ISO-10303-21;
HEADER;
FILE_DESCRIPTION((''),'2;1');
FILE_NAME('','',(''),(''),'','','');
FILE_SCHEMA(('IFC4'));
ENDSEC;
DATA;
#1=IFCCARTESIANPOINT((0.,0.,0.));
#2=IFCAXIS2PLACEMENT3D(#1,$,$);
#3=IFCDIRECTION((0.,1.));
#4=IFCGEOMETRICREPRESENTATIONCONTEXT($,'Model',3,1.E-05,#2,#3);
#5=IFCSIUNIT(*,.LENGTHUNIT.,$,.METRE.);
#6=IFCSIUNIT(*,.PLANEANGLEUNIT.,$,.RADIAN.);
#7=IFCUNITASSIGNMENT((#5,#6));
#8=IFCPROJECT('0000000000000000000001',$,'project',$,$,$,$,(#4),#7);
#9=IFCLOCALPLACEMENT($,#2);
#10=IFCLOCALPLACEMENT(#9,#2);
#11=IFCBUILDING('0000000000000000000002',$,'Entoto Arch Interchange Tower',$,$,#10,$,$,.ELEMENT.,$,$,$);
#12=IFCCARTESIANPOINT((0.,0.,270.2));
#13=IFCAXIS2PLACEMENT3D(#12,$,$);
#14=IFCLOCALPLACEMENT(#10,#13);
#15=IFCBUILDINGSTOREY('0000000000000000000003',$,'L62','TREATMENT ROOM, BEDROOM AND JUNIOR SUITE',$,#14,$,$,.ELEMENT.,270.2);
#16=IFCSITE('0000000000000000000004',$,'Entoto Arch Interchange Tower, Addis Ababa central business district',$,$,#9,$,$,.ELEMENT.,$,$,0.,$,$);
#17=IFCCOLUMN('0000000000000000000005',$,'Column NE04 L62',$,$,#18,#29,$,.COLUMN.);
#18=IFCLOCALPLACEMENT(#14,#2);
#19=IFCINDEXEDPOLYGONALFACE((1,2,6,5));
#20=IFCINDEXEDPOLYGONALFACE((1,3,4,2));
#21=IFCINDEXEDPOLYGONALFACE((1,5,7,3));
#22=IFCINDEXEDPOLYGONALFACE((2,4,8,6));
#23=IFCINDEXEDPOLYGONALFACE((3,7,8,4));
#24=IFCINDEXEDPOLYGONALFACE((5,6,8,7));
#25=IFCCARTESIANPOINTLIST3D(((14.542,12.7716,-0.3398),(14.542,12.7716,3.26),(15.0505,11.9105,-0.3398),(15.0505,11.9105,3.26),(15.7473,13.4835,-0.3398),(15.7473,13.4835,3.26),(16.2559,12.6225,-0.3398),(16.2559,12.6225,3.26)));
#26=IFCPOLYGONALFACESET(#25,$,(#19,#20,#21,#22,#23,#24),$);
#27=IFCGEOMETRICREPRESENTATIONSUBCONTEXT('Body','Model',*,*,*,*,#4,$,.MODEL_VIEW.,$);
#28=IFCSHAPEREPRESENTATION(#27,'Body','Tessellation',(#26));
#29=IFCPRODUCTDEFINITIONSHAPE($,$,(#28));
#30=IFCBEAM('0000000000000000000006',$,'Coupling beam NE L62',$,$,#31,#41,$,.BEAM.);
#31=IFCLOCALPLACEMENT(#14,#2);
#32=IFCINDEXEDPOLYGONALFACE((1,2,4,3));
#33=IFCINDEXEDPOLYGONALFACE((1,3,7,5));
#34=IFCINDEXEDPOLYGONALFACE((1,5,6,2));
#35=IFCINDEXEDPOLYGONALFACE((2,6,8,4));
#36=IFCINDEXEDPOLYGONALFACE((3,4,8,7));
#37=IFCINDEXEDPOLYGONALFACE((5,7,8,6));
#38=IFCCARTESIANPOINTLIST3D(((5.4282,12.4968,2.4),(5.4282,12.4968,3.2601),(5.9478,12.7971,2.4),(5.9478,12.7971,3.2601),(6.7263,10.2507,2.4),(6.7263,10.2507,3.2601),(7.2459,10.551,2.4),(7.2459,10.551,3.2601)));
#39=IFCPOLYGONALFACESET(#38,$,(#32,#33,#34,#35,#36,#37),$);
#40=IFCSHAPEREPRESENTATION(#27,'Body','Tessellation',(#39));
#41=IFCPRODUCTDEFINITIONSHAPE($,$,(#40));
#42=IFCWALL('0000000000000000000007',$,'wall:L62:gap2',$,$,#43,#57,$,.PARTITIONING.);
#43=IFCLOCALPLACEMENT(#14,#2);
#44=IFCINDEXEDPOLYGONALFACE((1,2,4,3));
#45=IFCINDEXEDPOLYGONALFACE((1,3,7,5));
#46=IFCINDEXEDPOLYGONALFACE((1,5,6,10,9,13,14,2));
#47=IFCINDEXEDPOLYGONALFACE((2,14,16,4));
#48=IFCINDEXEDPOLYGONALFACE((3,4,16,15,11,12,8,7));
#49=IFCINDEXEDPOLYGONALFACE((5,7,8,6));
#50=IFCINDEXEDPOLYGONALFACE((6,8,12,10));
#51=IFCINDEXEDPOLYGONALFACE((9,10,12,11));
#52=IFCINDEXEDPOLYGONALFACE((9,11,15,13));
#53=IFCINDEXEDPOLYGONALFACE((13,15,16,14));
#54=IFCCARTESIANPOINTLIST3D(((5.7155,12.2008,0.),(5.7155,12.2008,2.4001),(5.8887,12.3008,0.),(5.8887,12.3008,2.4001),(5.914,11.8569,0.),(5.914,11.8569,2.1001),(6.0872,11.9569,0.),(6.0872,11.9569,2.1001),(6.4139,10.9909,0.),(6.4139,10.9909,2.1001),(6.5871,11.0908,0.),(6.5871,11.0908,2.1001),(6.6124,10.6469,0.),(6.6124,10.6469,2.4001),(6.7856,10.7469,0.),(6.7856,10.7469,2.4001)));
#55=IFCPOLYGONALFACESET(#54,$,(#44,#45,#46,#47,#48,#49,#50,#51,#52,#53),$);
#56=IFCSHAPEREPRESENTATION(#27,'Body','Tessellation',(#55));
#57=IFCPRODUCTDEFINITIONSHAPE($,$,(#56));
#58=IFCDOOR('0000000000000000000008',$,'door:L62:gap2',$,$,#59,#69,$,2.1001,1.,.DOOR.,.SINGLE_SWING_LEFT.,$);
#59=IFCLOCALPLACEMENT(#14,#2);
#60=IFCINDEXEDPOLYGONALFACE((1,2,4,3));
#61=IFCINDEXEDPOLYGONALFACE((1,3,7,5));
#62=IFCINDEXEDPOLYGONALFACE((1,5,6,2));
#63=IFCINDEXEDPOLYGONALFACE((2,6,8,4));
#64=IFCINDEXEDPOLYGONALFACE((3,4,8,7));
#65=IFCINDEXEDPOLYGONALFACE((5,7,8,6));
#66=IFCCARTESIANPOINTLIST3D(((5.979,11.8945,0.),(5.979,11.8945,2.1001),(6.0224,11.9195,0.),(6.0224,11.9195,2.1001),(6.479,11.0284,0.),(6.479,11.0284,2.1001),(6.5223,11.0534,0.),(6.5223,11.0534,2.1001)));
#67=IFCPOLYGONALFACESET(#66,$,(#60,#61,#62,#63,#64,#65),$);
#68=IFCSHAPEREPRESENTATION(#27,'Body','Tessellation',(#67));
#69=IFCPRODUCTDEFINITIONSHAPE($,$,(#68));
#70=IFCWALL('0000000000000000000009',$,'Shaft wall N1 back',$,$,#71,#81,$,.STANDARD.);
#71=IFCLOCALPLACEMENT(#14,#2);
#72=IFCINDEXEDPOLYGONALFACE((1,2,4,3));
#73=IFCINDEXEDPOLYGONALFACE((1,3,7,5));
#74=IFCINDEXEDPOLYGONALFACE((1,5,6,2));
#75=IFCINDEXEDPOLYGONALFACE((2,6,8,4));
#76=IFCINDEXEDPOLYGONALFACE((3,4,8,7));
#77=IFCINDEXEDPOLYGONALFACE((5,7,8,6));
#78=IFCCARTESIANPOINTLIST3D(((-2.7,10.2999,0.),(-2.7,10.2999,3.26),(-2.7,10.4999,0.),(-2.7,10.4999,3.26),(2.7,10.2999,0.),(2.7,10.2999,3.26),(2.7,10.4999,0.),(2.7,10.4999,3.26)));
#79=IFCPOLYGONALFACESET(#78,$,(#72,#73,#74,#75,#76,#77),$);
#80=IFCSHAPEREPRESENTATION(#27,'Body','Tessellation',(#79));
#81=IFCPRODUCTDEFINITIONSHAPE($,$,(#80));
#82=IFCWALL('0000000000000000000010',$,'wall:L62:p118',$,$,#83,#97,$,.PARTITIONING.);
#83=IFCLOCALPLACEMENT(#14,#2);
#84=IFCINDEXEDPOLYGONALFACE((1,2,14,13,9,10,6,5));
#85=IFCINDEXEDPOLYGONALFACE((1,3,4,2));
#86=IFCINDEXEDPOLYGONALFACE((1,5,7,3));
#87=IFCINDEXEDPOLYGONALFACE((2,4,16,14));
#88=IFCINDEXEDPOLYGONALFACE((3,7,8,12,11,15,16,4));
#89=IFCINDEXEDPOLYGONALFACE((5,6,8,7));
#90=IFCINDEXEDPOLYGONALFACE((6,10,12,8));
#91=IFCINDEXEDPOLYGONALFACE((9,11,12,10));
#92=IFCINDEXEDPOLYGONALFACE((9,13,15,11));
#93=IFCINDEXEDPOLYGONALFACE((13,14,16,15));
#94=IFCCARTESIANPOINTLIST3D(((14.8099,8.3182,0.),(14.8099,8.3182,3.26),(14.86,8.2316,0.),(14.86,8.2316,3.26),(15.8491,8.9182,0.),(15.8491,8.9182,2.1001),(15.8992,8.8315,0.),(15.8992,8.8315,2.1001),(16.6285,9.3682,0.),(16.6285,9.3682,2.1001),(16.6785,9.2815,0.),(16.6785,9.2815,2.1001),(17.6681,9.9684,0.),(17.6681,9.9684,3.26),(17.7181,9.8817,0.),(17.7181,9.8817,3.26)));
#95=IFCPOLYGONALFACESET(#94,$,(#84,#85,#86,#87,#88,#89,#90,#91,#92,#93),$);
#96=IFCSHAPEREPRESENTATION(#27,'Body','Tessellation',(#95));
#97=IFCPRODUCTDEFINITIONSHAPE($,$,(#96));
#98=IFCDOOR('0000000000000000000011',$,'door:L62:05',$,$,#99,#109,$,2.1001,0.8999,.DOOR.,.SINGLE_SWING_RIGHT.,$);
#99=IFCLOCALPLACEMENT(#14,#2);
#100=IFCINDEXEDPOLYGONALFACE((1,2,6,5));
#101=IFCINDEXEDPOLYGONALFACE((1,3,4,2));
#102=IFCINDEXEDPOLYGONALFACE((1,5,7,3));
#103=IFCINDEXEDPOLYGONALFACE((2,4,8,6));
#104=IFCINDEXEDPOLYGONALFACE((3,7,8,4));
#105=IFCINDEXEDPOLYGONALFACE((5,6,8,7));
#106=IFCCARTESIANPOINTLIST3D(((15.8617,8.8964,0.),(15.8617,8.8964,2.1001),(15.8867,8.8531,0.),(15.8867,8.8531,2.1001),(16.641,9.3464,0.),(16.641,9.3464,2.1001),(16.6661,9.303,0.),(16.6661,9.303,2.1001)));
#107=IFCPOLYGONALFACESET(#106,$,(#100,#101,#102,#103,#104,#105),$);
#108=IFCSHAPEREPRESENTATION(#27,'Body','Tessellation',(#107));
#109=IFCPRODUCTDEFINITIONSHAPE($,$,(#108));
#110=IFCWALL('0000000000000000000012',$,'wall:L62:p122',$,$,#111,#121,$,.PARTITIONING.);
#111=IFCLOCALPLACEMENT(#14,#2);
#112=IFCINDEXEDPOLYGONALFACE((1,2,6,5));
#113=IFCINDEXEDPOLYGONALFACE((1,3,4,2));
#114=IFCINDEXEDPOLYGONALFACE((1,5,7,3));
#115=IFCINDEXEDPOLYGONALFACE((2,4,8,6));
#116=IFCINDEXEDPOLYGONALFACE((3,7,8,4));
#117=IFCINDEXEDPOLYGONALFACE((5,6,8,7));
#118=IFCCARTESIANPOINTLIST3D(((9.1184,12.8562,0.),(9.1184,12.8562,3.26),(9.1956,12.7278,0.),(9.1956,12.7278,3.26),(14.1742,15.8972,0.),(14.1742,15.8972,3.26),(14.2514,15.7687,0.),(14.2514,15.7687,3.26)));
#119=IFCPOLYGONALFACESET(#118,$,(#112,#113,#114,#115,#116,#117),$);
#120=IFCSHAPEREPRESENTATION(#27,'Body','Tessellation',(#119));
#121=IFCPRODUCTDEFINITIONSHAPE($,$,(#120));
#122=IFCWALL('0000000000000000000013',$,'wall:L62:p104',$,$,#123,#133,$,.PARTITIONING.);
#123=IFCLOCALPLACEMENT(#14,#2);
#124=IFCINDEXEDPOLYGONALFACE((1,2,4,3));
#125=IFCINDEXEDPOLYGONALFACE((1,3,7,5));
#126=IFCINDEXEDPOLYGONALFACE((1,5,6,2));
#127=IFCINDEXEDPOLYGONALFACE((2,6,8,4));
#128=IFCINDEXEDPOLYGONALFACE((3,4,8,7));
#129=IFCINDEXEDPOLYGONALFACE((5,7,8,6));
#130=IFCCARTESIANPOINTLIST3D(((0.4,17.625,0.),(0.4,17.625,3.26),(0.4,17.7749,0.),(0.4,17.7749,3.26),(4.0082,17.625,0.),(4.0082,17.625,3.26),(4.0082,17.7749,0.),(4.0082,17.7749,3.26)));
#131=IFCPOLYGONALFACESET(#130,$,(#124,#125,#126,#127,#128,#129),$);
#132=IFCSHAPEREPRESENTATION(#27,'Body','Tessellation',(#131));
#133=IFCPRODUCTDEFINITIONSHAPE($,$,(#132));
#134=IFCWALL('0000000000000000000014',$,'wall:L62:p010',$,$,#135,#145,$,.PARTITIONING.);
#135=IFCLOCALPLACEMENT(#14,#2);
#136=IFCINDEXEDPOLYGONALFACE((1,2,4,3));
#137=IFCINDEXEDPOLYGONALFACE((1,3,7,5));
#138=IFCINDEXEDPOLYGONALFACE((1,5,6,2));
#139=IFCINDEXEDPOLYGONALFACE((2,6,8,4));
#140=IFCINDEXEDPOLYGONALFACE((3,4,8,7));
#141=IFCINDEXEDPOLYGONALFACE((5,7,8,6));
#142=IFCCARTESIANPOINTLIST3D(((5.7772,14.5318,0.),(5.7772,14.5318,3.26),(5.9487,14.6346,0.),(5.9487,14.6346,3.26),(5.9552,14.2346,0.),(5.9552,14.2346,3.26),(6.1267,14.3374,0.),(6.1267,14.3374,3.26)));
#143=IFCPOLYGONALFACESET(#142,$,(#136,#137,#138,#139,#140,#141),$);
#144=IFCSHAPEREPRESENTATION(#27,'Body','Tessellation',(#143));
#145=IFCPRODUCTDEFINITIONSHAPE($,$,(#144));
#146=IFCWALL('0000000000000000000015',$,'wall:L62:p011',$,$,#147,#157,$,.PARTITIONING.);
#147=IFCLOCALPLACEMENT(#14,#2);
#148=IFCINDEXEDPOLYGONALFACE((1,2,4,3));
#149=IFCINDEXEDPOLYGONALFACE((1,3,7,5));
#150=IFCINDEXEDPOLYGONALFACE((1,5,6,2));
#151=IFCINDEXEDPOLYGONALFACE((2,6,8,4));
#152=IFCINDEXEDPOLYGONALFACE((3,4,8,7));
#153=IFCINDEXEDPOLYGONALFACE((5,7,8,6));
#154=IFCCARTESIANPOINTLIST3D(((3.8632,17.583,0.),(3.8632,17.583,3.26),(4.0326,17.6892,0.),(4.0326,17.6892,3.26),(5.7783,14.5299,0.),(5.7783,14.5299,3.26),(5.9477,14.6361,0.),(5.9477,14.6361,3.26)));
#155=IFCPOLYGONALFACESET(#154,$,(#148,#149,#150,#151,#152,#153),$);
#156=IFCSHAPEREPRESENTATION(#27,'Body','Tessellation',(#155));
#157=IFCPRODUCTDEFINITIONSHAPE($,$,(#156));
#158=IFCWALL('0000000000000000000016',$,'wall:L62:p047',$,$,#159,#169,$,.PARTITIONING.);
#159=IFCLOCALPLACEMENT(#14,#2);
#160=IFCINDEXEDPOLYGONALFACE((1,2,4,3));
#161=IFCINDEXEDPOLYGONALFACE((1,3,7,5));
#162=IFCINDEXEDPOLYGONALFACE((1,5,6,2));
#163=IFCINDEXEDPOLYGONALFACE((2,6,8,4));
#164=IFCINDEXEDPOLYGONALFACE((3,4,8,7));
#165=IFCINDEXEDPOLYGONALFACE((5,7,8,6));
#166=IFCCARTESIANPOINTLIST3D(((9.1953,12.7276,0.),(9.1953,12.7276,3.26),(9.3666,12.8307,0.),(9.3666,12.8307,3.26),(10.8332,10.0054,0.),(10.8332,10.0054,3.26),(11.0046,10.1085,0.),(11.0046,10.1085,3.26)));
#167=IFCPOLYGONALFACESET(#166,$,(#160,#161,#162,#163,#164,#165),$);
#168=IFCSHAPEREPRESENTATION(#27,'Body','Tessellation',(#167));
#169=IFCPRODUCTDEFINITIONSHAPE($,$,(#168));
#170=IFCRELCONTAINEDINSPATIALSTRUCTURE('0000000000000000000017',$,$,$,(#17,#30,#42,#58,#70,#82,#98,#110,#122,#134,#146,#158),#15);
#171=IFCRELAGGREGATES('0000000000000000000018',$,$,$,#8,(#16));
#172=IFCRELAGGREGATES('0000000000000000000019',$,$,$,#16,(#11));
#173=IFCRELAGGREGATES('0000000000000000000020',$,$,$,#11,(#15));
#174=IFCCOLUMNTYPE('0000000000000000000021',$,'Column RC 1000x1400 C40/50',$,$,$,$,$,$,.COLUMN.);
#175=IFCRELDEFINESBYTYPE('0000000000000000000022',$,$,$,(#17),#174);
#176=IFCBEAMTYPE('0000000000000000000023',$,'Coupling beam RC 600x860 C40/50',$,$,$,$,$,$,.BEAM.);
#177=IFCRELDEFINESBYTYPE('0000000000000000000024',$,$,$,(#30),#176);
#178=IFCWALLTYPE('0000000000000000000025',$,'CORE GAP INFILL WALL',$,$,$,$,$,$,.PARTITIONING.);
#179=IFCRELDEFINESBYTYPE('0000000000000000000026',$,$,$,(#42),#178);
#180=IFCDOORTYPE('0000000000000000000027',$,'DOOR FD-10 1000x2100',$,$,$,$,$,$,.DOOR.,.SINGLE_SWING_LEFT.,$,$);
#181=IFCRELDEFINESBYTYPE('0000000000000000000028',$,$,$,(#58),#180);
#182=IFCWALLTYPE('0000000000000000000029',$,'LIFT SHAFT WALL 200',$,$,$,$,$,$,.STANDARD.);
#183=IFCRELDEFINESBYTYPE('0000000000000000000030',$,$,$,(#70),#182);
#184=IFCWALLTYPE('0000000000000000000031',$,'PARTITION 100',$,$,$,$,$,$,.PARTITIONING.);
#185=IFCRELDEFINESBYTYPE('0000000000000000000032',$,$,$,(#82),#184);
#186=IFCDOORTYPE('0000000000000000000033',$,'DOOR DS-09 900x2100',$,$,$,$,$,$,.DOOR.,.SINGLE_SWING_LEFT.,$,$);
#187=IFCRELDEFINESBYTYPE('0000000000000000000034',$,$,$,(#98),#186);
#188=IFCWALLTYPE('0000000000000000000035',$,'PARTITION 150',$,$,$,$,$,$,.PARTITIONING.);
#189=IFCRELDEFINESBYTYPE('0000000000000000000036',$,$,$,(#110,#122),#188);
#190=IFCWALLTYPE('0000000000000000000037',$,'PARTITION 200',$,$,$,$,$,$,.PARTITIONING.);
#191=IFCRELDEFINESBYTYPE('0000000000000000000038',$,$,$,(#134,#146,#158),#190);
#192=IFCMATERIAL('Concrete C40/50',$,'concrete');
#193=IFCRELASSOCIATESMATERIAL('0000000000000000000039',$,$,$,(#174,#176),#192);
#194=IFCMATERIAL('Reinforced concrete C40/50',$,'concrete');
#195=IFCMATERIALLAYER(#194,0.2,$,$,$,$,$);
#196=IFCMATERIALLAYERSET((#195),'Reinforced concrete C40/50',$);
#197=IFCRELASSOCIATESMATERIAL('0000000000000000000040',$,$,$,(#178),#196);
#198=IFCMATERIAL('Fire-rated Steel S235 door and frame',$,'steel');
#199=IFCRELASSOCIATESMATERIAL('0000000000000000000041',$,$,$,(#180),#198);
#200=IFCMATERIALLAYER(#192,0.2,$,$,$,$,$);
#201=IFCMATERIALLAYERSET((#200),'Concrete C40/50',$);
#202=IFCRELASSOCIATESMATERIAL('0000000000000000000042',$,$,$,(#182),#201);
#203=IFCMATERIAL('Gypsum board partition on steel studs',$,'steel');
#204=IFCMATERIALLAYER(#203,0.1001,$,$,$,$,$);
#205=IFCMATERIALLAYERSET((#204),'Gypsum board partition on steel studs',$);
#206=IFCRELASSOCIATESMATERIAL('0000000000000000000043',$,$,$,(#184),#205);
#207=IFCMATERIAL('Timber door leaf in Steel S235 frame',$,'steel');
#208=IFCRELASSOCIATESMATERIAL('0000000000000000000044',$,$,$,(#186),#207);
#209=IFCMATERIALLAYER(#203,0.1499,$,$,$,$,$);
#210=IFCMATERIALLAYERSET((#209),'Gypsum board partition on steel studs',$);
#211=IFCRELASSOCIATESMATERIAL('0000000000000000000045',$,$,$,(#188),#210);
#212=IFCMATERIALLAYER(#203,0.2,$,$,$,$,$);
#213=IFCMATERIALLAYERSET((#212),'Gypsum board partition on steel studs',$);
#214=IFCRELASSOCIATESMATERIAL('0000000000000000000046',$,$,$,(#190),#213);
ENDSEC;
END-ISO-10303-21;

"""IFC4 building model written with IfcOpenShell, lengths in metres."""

from ifc_helpers import new_model, si_unit, direction, frame, frame_2d, origin, origin_2d, place, context, subcontext, project, spatial, rectangle, extrude, material, layer, layer_set, material_profile, profile_set, type_object, element, fill, save


model = new_model("IFC4")

# Units and contexts
model_context = context("Model", 3, precision=1e-05, world=origin(), true_north=direction((0.0, 1.0)))
body_context = subcontext(model_context, "Body", "Model", "MODEL_VIEW")
ifc_project = project(units=[si_unit("LENGTHUNIT", "METRE"), si_unit("PLANEANGLEUNIT", "RADIAN")], contexts=[model_context])

# Site, building, storey
site_placement = place(None, origin())
site = spatial("IfcSite", under=ifc_project, at=site_placement, Name="Entoto Arch Interchange Tower, Addis Ababa central business district", CompositionType="ELEMENT", RefElevation=0.0)
building_placement = place(site_placement, origin())
building = spatial("IfcBuilding", under=site, at=building_placement, Name="Entoto Arch Interchange Tower", CompositionType="ELEMENT")
storey_placement = place(building_placement, frame((0.0, 0.0, 270.2)))
storey = spatial("IfcBuildingStorey", under=building, at=storey_placement, Name="L62", Description="TREATMENT ROOM, BEDROOM AND JUNIOR SUITE", CompositionType="ELEMENT", Elevation=270.2)

# Column
ifc_material_1 = material(Name="Concrete C40/50", Category="concrete")
ifc_material_profile_1 = material_profile(ifc_material_1, rectangle(XDim=1.0, YDim=1.3999, at=origin_2d()))
ifc_profile_set_1 = profile_set([ifc_material_profile_1], Name="Concrete C40/50")
column_type = type_object("IfcColumnType", Name="Column RC 1000x1400 C40/50", PredefinedType="COLUMN", material=ifc_profile_set_1)
column_placement = place(storey_placement, frame((15.3989, 12.697, -0.3398), z_axis=(0.0, 0.0, 1.0), x_axis=(-0.508576, 0.861017, 0.0)))
element("IfcColumn", 1, at=column_placement, inside=storey, type_object=column_type, Name="Column NE04 L62", PredefinedType="COLUMN", context=body_context, shape_type="SweptSolid", body=[
    extrude(rectangle(XDim=1.0, YDim=1.3999, at=origin_2d()), origin(), (0.0, 0.0, 1.0), 3.5999),
])

# Beam
ifc_material_profile_2 = material_profile(ifc_material_1, rectangle(XDim=0.6001, YDim=0.8601, at=origin_2d()))
ifc_profile_set_2 = profile_set([ifc_material_profile_2], Name="Concrete C40/50")
beam_type = type_object("IfcBeamType", Name="Coupling beam RC 600x860 C40/50", PredefinedType="BEAM", material=ifc_profile_set_2)
beam_placement = place(storey_placement, frame((6.9861, 10.4009, 2.8301), z_axis=(-0.50038, 0.865806, 0.0), x_axis=(-0.865806, -0.50038, 0.0)))
element("IfcBeam", 2, at=beam_placement, inside=storey, type_object=beam_type, Name="Coupling beam NE L62", PredefinedType="BEAM", context=body_context, shape_type="SweptSolid", body=[
    extrude(rectangle(XDim=0.6001, YDim=0.8601, at=origin_2d()), origin(), (0.0, 0.0, 1.0), 2.5942),
])

# Wall, opening, door
ifc_material_2 = material(Name="Reinforced concrete C40/50", Category="concrete")
ifc_layer_1 = layer(ifc_material_2, 0.2)
ifc_layer_set_1 = layer_set([ifc_layer_1], Name="Reinforced concrete C40/50")
wall_type_1 = type_object("IfcWallType", Name="CORE GAP INFILL WALL", PredefinedType="PARTITIONING", material=ifc_layer_set_1)
wall_1_placement = place(storey_placement, frame((6.699, 10.697, 0.0), z_axis=(0.0, 0.0, 1.0), x_axis=(-0.499915, 0.866075, 0.0)))
wall_1 = element("IfcWall", 3, at=wall_1_placement, inside=storey, type_object=wall_type_1, Name="wall:L62:gap2", PredefinedType="PARTITIONING", context=body_context, shape_type="SweptSolid", body=[
    extrude(rectangle(XDim=1.7942, YDim=0.2, at=frame_2d((0.897, 0.0))), origin(), (0.0, 0.0, 1.0), 2.4001),
])
opening_1_placement = place(wall_1_placement, frame((0.397, 0.0, 0.0)))
opening_1 = element("IfcOpeningElement", 4, at=opening_1_placement, cuts=wall_1, PredefinedType="OPENING", context=body_context, shape_type="SweptSolid", body=[
    extrude(rectangle(XDim=1.0, YDim=2.1001, at=frame_2d((0.5, 1.05))), frame((0.0, 0.1099, 0.0), z_axis=(0.0, -1.0, 0.0), x_axis=(1.0, 0.0, 0.0)), (0.0, 0.0, 1.0), 0.22),
])
ifc_material_3 = material(Name="Fire-rated Steel S235 door and frame", Category="steel")
door_type_1 = type_object("IfcDoorType", Name="DOOR FD-10 1000x2100", OperationType="SINGLE_SWING_LEFT", PredefinedType="DOOR", material=ifc_material_3)
door_1_placement = place(opening_1_placement, origin())
door_1 = element("IfcDoor", 5, at=door_1_placement, inside=storey, type_object=door_type_1, Name="door:L62:gap2", OperationType="SINGLE_SWING_LEFT", OverallHeight=2.1001, OverallWidth=1.0, PredefinedType="DOOR", context=body_context, shape_type="SweptSolid", body=[
    extrude(rectangle(XDim=1.0, YDim=2.1001, at=frame_2d((0.5, 1.05))), frame((0.0, 0.0249, 0.0), z_axis=(0.0, -1.0, 0.0), x_axis=(1.0, 0.0, 0.0)), (0.0, 0.0, 1.0), 0.05),
])
fill(opening_1, door_1)

# Wall
ifc_layer_2 = layer(ifc_material_1, 0.2)
ifc_layer_set_2 = layer_set([ifc_layer_2], Name="Concrete C40/50")
wall_type_2 = type_object("IfcWallType", Name="LIFT SHAFT WALL 200", PredefinedType="STANDARD", material=ifc_layer_set_2)
wall_2_placement = place(storey_placement, frame((2.7, 10.3999, 0.0), z_axis=(0.0, 0.0, 1.0), x_axis=(-1.0, 0.0, 0.0)))
element("IfcWall", 6, at=wall_2_placement, inside=storey, type_object=wall_type_2, Name="Shaft wall N1 back", PredefinedType="STANDARD", context=body_context, shape_type="SweptSolid", body=[
    extrude(rectangle(XDim=5.3999, YDim=0.2, at=frame_2d((2.7, 0.0))), origin(), (0.0, 0.0, 1.0), 3.26),
])

# Wall, opening, door
ifc_material_4 = material(Name="Gypsum board partition on steel studs", Category="steel")
ifc_layer_3 = layer(ifc_material_4, 0.1001)
ifc_layer_set_3 = layer_set([ifc_layer_3], Name="Gypsum board partition on steel studs")
wall_type_3 = type_object("IfcWallType", Name="PARTITION 100", PredefinedType="PARTITIONING", material=ifc_layer_set_3)
wall_3_placement = place(storey_placement, frame((14.835, 8.2749, 0.0), z_axis=(0.0, 0.0, 1.0), x_axis=(0.866027, 0.499998, 0.0)))
wall_3 = element("IfcWall", 7, at=wall_3_placement, inside=storey, type_object=wall_type_3, Name="wall:L62:p118", PredefinedType="PARTITIONING", context=body_context, shape_type="SweptSolid", body=[
    extrude(rectangle(XDim=3.3003, YDim=0.1001, at=frame_2d((1.6501, 0.0))), origin(), (0.0, 0.0, 1.0), 3.26),
])
opening_2_placement = place(wall_3_placement, frame((1.2, 0.0, 0.0)))
opening_2 = element("IfcOpeningElement", 8, at=opening_2_placement, cuts=wall_3, PredefinedType="OPENING", context=body_context, shape_type="SweptSolid", body=[
    extrude(rectangle(XDim=0.8999, YDim=2.1001, at=frame_2d((0.45, 1.05))), frame((0.0, 0.0601, 0.0), z_axis=(0.0, -1.0, 0.0), x_axis=(1.0, 0.0, 0.0)), (0.0, 0.0, 1.0), 0.1201),
])
ifc_material_5 = material(Name="Timber door leaf in Steel S235 frame", Category="steel")
door_type_2 = type_object("IfcDoorType", Name="DOOR DS-09 900x2100", OperationType="SINGLE_SWING_LEFT", PredefinedType="DOOR", material=ifc_material_5)
door_2_placement = place(opening_2_placement, origin())
door_2 = element("IfcDoor", 9, at=door_2_placement, inside=storey, type_object=door_type_2, Name="door:L62:05", OperationType="SINGLE_SWING_RIGHT", OverallHeight=2.1001, OverallWidth=0.8999, PredefinedType="DOOR", context=body_context, shape_type="SweptSolid", body=[
    extrude(rectangle(XDim=0.8999, YDim=2.1001, at=frame_2d((0.45, 1.05))), frame((0.0, 0.0249, 0.0), z_axis=(0.0, -1.0, 0.0), x_axis=(1.0, 0.0, 0.0)), (0.0, 0.0, 1.0), 0.05),
])
fill(opening_2, door_2)

# Walls
ifc_layer_4 = layer(ifc_material_4, 0.1499)
ifc_layer_set_4 = layer_set([ifc_layer_4], Name="Gypsum board partition on steel studs")
wall_type_4 = type_object("IfcWallType", Name="PARTITION 150", PredefinedType="PARTITIONING", material=ifc_layer_set_4)
wall_4_placement = place(storey_placement, frame((9.157, 12.792, 0.0), z_axis=(0.0, 0.0, 1.0), x_axis=(0.856934, 0.515426, 0.0)))
element("IfcWall", 10, at=wall_4_placement, inside=storey, type_object=wall_type_4, Name="wall:L62:p122", PredefinedType="PARTITIONING", context=body_context, shape_type="SweptSolid", body=[
    extrude(rectangle(XDim=5.8999, YDim=0.1499, at=frame_2d((2.95, 0.0))), origin(), (0.0, 0.0, 1.0), 3.26),
])
wall_5_placement = place(storey_placement, frame((0.3999, 17.7, 0.0), z_axis=(0.0, 0.0, 1.0), x_axis=(1.0, 0.0, 0.0)))
element("IfcWall", 11, at=wall_5_placement, inside=storey, type_object=wall_type_4, Name="wall:L62:p104", PredefinedType="PARTITIONING", context=body_context, shape_type="SweptSolid", body=[
    extrude(rectangle(XDim=3.6082, YDim=0.1499, at=frame_2d((1.8042, 0.0))), origin(), (0.0, 0.0, 1.0), 3.26),
])
ifc_layer_5 = layer(ifc_material_4, 0.2)
ifc_layer_set_5 = layer_set([ifc_layer_5], Name="Gypsum board partition on steel studs")
wall_type_5 = type_object("IfcWallType", Name="PARTITION 200", PredefinedType="PARTITIONING", material=ifc_layer_set_5)
wall_6_placement = place(storey_placement, frame((6.041, 14.2859, 0.0), z_axis=(0.0, 0.0, 1.0), x_axis=(-0.513874, 0.857866, 0.0)))
element("IfcWall", 12, at=wall_6_placement, inside=storey, type_object=wall_type_5, Name="wall:L62:p010", PredefinedType="PARTITIONING", context=body_context, shape_type="SweptSolid", body=[
    extrude(rectangle(XDim=0.3464, YDim=0.2, at=frame_2d((0.1733, 0.0))), origin(), (0.0, 0.0, 1.0), 3.26),
])
wall_7_placement = place(storey_placement, frame((5.863, 14.583, 0.0), z_axis=(0.0, 0.0, 1.0), x_axis=(-0.531381, 0.847133, 0.0)))
element("IfcWall", 13, at=wall_7_placement, inside=storey, type_object=wall_type_5, Name="wall:L62:p011", PredefinedType="PARTITIONING", context=body_context, shape_type="SweptSolid", body=[
    extrude(rectangle(XDim=3.604, YDim=0.2, at=frame_2d((1.802, 0.0))), origin(), (0.0, 0.0, 1.0), 3.26),
])
wall_8_placement = place(storey_placement, frame((9.281, 12.7791, 0.0), z_axis=(0.0, 0.0, 1.0), x_axis=(0.515569, -0.856848, 0.0)))
element("IfcWall", 14, at=wall_8_placement, inside=storey, type_object=wall_type_5, Name="wall:L62:p047", PredefinedType="PARTITIONING", context=body_context, shape_type="SweptSolid", body=[
    extrude(rectangle(XDim=3.177, YDim=0.2, at=frame_2d((1.5884, 0.0))), origin(), (0.0, 0.0, 1.0), 3.26),
])

save(model, "model.ifc")
